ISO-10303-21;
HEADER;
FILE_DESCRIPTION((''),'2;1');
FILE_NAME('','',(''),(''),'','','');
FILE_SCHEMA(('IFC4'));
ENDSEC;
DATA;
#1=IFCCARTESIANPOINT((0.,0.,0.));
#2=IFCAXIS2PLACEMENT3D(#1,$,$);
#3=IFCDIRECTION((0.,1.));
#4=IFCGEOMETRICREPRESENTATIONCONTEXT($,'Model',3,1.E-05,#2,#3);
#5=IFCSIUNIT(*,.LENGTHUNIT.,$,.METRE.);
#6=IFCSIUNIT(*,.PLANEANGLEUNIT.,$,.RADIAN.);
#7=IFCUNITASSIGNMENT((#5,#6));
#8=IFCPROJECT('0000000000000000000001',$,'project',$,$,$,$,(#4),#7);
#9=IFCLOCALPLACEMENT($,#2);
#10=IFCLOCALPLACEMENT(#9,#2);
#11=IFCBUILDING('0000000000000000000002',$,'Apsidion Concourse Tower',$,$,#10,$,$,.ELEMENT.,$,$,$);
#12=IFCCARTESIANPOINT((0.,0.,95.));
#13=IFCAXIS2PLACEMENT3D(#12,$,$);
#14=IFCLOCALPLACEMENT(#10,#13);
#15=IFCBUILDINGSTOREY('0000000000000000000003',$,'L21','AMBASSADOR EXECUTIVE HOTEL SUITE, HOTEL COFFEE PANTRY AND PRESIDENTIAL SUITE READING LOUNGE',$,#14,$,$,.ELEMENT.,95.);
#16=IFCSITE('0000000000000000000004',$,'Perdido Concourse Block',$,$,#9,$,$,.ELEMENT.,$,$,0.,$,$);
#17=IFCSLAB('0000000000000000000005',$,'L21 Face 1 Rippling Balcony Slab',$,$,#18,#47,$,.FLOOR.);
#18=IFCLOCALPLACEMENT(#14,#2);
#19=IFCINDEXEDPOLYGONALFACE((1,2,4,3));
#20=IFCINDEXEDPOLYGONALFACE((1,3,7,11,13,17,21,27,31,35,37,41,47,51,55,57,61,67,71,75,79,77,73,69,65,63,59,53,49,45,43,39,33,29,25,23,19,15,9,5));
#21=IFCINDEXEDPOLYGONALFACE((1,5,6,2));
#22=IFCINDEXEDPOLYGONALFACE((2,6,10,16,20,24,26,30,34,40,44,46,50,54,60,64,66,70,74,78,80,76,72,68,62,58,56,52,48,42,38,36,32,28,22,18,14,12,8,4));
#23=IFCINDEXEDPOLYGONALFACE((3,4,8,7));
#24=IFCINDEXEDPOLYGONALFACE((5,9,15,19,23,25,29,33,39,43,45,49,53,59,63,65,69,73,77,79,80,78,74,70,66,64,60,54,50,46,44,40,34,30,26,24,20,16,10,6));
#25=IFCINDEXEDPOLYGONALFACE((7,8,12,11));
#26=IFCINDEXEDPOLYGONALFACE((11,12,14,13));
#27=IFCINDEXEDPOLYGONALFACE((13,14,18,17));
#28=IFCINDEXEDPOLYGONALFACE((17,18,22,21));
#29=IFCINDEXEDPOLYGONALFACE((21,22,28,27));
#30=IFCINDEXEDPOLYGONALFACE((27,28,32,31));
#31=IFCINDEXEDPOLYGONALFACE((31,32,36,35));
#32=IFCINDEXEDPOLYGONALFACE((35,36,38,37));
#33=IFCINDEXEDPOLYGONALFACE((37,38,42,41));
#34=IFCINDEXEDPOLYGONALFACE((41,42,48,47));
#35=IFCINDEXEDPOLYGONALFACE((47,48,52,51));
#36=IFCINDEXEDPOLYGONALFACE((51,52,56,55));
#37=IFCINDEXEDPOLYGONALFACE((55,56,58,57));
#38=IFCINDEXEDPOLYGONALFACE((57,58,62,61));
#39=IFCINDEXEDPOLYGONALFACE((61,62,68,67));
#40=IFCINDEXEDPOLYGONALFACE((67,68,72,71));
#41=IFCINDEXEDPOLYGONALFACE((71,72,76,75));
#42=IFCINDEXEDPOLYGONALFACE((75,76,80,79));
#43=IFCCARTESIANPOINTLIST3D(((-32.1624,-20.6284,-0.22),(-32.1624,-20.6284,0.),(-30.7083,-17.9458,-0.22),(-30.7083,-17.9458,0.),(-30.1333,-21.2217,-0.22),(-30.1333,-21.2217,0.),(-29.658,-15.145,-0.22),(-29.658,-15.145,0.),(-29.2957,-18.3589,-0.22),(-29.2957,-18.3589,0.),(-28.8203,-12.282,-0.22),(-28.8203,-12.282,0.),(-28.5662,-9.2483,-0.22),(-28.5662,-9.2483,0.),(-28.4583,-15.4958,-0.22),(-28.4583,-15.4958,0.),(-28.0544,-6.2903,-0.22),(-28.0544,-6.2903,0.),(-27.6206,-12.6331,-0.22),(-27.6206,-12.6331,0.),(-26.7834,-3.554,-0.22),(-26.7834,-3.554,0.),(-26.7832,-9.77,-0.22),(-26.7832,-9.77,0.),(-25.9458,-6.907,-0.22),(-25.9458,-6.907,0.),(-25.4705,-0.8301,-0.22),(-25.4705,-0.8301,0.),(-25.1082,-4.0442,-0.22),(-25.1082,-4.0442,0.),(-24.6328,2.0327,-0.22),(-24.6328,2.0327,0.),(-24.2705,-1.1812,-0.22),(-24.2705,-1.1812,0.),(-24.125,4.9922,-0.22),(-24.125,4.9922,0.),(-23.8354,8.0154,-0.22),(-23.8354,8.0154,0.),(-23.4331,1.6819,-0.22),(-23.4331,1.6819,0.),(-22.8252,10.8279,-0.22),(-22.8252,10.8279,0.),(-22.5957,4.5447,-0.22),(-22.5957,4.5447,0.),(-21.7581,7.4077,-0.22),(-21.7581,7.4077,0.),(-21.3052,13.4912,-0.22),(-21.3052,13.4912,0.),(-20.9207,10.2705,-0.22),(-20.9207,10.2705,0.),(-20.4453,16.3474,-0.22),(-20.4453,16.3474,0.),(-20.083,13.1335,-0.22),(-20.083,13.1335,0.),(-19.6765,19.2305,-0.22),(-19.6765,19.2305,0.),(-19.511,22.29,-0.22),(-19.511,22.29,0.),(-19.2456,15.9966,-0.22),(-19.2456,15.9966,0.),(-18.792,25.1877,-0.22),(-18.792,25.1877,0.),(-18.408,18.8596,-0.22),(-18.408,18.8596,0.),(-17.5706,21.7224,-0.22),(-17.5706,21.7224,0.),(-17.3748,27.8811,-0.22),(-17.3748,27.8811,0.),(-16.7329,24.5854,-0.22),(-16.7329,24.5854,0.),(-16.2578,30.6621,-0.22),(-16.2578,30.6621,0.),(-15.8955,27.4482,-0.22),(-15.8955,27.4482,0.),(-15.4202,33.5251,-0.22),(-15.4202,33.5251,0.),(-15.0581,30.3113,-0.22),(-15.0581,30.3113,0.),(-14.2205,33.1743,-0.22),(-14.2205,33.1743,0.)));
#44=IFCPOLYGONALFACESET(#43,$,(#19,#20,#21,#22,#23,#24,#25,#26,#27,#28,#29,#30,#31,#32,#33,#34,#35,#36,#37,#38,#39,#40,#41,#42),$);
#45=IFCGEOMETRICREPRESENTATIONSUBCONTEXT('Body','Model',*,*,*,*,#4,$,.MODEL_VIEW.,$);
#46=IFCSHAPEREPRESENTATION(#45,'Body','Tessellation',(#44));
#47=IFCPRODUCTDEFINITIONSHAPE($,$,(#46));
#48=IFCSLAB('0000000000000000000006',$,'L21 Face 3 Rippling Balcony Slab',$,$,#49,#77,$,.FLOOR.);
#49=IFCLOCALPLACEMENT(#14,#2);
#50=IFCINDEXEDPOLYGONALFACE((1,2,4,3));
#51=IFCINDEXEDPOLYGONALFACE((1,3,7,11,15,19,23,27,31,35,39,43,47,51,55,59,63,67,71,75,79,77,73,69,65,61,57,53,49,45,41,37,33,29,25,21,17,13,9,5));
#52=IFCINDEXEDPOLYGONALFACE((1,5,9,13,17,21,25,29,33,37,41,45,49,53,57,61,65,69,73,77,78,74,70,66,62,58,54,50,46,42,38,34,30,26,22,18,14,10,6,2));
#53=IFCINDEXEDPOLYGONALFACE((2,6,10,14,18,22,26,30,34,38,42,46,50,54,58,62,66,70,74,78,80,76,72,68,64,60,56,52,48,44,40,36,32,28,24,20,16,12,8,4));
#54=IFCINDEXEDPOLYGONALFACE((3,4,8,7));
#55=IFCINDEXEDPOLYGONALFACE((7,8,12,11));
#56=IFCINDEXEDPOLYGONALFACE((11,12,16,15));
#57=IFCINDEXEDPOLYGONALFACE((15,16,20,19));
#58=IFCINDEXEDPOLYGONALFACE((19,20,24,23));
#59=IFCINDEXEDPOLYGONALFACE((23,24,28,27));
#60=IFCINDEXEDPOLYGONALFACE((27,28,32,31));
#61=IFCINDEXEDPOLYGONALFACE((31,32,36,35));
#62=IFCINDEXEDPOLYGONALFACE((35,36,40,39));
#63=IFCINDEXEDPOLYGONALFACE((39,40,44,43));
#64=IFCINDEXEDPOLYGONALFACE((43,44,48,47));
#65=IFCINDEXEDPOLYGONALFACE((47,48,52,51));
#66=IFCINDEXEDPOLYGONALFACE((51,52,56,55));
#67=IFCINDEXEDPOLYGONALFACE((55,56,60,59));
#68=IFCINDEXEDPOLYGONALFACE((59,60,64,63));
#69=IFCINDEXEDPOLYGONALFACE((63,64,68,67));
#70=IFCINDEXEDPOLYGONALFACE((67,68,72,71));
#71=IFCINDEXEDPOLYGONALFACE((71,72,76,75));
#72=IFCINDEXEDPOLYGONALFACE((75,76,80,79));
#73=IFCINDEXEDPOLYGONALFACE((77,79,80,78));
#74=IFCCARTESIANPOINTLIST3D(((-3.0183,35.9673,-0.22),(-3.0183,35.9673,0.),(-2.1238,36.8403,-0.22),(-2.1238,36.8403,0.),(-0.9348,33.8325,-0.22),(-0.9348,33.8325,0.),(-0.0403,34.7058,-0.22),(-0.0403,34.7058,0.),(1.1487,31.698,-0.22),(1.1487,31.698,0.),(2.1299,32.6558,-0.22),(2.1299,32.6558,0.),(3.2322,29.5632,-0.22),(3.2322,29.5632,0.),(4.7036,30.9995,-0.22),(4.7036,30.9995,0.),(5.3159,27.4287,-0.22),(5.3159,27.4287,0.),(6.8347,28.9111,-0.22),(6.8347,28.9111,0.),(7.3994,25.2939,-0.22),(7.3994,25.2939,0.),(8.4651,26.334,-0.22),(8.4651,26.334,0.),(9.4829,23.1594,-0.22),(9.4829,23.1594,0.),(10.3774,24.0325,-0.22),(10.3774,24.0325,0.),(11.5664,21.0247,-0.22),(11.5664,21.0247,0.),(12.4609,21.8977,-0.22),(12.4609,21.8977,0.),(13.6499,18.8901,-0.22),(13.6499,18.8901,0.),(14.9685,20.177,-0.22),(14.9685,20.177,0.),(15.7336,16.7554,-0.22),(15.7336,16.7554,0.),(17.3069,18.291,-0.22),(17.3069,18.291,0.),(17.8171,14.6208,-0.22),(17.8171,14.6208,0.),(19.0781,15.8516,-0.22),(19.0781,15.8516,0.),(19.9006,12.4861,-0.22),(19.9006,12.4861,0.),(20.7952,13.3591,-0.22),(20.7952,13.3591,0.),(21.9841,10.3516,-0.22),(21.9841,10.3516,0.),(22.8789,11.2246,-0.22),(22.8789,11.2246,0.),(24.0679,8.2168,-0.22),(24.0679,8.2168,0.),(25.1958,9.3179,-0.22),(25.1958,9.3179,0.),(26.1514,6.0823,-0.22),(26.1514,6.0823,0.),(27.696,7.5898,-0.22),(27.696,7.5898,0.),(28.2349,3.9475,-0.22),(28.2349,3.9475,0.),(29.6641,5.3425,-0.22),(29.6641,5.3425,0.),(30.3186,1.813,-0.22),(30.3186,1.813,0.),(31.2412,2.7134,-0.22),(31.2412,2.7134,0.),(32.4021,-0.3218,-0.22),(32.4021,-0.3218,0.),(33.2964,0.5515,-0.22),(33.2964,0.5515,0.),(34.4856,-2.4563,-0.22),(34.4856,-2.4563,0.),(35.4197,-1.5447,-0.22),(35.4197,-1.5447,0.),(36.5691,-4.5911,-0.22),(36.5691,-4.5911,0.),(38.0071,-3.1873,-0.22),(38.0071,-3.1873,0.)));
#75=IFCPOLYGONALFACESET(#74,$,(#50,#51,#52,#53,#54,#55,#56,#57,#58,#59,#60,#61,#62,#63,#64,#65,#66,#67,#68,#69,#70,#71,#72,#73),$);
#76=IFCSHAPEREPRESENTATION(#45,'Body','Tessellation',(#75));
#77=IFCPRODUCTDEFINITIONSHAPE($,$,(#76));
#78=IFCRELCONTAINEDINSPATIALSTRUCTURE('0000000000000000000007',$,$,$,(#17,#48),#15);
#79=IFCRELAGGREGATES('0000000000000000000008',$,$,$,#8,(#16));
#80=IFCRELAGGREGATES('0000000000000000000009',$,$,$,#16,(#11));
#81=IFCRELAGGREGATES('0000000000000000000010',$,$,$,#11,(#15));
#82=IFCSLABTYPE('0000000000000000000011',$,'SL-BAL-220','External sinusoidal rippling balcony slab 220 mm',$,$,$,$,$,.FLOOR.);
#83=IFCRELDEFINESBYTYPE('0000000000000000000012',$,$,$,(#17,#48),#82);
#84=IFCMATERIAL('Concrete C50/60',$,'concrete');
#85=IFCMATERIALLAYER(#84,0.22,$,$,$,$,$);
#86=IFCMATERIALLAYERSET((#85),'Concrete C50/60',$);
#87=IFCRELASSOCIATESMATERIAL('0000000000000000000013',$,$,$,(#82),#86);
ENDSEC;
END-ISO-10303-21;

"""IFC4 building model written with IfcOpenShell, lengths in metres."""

from ifc_helpers import new_model, si_unit, direction, frame, origin, place, context, subcontext, project, spatial, polyline, outline, extrude, material, layer, layer_set, type_object, element, save


model = new_model("IFC4")

# Units and contexts
model_context = context("Model", 3, precision=1e-05, world=origin(), true_north=direction((0.0, 1.0)))
body_context = subcontext(model_context, "Body", "Model", "MODEL_VIEW")
ifc_project = project(units=[si_unit("LENGTHUNIT", "METRE"), si_unit("PLANEANGLEUNIT", "RADIAN")], contexts=[model_context])

# Site, building, storey
site_placement = place(None, origin())
site = spatial("IfcSite", under=ifc_project, at=site_placement, Name="Perdido Concourse Block", CompositionType="ELEMENT", RefElevation=0.0)
building_placement = place(site_placement, origin())
building = spatial("IfcBuilding", under=site, at=building_placement, Name="Apsidion Concourse Tower", CompositionType="ELEMENT")
storey_placement = place(building_placement, frame((0.0, 0.0, 95.0)))
storey = spatial("IfcBuildingStorey", under=building, at=storey_placement, Name="L21", Description="AMBASSADOR EXECUTIVE HOTEL SUITE, HOTEL COFFEE PANTRY AND PRESIDENTIAL SUITE READING LOUNGE", CompositionType="ELEMENT", Elevation=95.0)

# Shared definitions
ifc_material_1 = material(Name="Concrete C50/60", Category="concrete")

# Slabs
ifc_layer_1 = layer(ifc_material_1, 0.22)
ifc_layer_set_1 = layer_set([ifc_layer_1], Name="Concrete C50/60")
slab_type_1 = type_object("IfcSlabType", Name="SL-BAL-220", Description="External sinusoidal rippling balcony slab 220 mm", PredefinedType="FLOOR", material=ifc_layer_set_1)
slab_1_placement = place(storey_placement, frame((0.0, 0.0, -0.22)))
element("IfcSlab", 1, at=slab_1_placement, inside=storey, type_object=slab_type_1, Name="L21 Face 1 Rippling Balcony Slab", PredefinedType="FLOOR", context=body_context, shape_type="SweptSolid", body=[
    extrude(outline(polyline([(-14.2205, 33.1743), (-15.0581, 30.3113), (-15.8955, 27.4482), (-16.7329, 24.5854), (-17.5706, 21.7224), (-18.408, 18.8596), (-19.2456, 15.9966), (-20.083, 13.1335), (-20.9207, 10.2705), (-21.7581, 7.4077), (-22.5957, 4.5447), (-23.4331, 1.6819), (-24.2705, -1.1812), (-25.1082, -4.0442), (-25.9458, -6.907), (-26.7832, -9.77), (-27.6206, -12.6331), (-28.4583, -15.4958), (-29.2957, -18.3589), (-30.1333, -21.2217), (-32.1624, -20.6284), (-30.7083, -17.9458), (-29.658, -15.145), (-28.8203, -12.282), (-28.5662, -9.2483), (-28.0544, -6.2903), (-26.7834, -3.554), (-25.4705, -0.8301), (-24.6328, 2.0327), (-24.125, 4.9922), (-23.8354, 8.0154), (-22.8252, 10.8279), (-21.3052, 13.4912), (-20.4453, 16.3474), (-19.6765, 19.2305), (-19.511, 22.29), (-18.792, 25.1877), (-17.3748, 27.8811), (-16.2578, 30.6621), (-15.4202, 33.5251), (-14.2205, 33.1743)])), origin(), (0.0, 0.0, 1.0), 0.22),
])
slab_2_placement = place(storey_placement, frame((0.0, 0.0, -0.22)))
element("IfcSlab", 2, at=slab_2_placement, inside=storey, type_object=slab_type_1, Name="L21 Face 3 Rippling Balcony Slab", PredefinedType="FLOOR", context=body_context, shape_type="SweptSolid", body=[
    extrude(outline(polyline([(36.5691, -4.5911), (34.4856, -2.4563), (32.4021, -0.3218), (30.3186, 1.813), (28.2349, 3.9475), (26.1514, 6.0823), (24.0679, 8.2168), (21.9841, 10.3516), (19.9006, 12.4861), (17.8171, 14.6208), (15.7336, 16.7554), (13.6499, 18.8901), (11.5664, 21.0247), (9.4829, 23.1594), (7.3994, 25.2939), (5.3159, 27.4287), (3.2322, 29.5632), (1.1487, 31.698), (-0.9348, 33.8325), (-3.0183, 35.9673), (-2.1238, 36.8403), (-0.0403, 34.7058), (2.1299, 32.6558), (4.7036, 30.9995), (6.8347, 28.9111), (8.4651, 26.334), (10.3774, 24.0325), (12.4609, 21.8977), (14.9685, 20.177), (17.3069, 18.291), (19.0781, 15.8516), (20.7952, 13.3591), (22.8789, 11.2246), (25.1958, 9.3179), (27.696, 7.5898), (29.6641, 5.3425), (31.2412, 2.7134), (33.2964, 0.5515), (35.4197, -1.5447), (38.0071, -3.1873), (36.5691, -4.5911)])), origin(), (0.0, 0.0, 1.0), 0.22),
])

save(model, "model.ifc")
